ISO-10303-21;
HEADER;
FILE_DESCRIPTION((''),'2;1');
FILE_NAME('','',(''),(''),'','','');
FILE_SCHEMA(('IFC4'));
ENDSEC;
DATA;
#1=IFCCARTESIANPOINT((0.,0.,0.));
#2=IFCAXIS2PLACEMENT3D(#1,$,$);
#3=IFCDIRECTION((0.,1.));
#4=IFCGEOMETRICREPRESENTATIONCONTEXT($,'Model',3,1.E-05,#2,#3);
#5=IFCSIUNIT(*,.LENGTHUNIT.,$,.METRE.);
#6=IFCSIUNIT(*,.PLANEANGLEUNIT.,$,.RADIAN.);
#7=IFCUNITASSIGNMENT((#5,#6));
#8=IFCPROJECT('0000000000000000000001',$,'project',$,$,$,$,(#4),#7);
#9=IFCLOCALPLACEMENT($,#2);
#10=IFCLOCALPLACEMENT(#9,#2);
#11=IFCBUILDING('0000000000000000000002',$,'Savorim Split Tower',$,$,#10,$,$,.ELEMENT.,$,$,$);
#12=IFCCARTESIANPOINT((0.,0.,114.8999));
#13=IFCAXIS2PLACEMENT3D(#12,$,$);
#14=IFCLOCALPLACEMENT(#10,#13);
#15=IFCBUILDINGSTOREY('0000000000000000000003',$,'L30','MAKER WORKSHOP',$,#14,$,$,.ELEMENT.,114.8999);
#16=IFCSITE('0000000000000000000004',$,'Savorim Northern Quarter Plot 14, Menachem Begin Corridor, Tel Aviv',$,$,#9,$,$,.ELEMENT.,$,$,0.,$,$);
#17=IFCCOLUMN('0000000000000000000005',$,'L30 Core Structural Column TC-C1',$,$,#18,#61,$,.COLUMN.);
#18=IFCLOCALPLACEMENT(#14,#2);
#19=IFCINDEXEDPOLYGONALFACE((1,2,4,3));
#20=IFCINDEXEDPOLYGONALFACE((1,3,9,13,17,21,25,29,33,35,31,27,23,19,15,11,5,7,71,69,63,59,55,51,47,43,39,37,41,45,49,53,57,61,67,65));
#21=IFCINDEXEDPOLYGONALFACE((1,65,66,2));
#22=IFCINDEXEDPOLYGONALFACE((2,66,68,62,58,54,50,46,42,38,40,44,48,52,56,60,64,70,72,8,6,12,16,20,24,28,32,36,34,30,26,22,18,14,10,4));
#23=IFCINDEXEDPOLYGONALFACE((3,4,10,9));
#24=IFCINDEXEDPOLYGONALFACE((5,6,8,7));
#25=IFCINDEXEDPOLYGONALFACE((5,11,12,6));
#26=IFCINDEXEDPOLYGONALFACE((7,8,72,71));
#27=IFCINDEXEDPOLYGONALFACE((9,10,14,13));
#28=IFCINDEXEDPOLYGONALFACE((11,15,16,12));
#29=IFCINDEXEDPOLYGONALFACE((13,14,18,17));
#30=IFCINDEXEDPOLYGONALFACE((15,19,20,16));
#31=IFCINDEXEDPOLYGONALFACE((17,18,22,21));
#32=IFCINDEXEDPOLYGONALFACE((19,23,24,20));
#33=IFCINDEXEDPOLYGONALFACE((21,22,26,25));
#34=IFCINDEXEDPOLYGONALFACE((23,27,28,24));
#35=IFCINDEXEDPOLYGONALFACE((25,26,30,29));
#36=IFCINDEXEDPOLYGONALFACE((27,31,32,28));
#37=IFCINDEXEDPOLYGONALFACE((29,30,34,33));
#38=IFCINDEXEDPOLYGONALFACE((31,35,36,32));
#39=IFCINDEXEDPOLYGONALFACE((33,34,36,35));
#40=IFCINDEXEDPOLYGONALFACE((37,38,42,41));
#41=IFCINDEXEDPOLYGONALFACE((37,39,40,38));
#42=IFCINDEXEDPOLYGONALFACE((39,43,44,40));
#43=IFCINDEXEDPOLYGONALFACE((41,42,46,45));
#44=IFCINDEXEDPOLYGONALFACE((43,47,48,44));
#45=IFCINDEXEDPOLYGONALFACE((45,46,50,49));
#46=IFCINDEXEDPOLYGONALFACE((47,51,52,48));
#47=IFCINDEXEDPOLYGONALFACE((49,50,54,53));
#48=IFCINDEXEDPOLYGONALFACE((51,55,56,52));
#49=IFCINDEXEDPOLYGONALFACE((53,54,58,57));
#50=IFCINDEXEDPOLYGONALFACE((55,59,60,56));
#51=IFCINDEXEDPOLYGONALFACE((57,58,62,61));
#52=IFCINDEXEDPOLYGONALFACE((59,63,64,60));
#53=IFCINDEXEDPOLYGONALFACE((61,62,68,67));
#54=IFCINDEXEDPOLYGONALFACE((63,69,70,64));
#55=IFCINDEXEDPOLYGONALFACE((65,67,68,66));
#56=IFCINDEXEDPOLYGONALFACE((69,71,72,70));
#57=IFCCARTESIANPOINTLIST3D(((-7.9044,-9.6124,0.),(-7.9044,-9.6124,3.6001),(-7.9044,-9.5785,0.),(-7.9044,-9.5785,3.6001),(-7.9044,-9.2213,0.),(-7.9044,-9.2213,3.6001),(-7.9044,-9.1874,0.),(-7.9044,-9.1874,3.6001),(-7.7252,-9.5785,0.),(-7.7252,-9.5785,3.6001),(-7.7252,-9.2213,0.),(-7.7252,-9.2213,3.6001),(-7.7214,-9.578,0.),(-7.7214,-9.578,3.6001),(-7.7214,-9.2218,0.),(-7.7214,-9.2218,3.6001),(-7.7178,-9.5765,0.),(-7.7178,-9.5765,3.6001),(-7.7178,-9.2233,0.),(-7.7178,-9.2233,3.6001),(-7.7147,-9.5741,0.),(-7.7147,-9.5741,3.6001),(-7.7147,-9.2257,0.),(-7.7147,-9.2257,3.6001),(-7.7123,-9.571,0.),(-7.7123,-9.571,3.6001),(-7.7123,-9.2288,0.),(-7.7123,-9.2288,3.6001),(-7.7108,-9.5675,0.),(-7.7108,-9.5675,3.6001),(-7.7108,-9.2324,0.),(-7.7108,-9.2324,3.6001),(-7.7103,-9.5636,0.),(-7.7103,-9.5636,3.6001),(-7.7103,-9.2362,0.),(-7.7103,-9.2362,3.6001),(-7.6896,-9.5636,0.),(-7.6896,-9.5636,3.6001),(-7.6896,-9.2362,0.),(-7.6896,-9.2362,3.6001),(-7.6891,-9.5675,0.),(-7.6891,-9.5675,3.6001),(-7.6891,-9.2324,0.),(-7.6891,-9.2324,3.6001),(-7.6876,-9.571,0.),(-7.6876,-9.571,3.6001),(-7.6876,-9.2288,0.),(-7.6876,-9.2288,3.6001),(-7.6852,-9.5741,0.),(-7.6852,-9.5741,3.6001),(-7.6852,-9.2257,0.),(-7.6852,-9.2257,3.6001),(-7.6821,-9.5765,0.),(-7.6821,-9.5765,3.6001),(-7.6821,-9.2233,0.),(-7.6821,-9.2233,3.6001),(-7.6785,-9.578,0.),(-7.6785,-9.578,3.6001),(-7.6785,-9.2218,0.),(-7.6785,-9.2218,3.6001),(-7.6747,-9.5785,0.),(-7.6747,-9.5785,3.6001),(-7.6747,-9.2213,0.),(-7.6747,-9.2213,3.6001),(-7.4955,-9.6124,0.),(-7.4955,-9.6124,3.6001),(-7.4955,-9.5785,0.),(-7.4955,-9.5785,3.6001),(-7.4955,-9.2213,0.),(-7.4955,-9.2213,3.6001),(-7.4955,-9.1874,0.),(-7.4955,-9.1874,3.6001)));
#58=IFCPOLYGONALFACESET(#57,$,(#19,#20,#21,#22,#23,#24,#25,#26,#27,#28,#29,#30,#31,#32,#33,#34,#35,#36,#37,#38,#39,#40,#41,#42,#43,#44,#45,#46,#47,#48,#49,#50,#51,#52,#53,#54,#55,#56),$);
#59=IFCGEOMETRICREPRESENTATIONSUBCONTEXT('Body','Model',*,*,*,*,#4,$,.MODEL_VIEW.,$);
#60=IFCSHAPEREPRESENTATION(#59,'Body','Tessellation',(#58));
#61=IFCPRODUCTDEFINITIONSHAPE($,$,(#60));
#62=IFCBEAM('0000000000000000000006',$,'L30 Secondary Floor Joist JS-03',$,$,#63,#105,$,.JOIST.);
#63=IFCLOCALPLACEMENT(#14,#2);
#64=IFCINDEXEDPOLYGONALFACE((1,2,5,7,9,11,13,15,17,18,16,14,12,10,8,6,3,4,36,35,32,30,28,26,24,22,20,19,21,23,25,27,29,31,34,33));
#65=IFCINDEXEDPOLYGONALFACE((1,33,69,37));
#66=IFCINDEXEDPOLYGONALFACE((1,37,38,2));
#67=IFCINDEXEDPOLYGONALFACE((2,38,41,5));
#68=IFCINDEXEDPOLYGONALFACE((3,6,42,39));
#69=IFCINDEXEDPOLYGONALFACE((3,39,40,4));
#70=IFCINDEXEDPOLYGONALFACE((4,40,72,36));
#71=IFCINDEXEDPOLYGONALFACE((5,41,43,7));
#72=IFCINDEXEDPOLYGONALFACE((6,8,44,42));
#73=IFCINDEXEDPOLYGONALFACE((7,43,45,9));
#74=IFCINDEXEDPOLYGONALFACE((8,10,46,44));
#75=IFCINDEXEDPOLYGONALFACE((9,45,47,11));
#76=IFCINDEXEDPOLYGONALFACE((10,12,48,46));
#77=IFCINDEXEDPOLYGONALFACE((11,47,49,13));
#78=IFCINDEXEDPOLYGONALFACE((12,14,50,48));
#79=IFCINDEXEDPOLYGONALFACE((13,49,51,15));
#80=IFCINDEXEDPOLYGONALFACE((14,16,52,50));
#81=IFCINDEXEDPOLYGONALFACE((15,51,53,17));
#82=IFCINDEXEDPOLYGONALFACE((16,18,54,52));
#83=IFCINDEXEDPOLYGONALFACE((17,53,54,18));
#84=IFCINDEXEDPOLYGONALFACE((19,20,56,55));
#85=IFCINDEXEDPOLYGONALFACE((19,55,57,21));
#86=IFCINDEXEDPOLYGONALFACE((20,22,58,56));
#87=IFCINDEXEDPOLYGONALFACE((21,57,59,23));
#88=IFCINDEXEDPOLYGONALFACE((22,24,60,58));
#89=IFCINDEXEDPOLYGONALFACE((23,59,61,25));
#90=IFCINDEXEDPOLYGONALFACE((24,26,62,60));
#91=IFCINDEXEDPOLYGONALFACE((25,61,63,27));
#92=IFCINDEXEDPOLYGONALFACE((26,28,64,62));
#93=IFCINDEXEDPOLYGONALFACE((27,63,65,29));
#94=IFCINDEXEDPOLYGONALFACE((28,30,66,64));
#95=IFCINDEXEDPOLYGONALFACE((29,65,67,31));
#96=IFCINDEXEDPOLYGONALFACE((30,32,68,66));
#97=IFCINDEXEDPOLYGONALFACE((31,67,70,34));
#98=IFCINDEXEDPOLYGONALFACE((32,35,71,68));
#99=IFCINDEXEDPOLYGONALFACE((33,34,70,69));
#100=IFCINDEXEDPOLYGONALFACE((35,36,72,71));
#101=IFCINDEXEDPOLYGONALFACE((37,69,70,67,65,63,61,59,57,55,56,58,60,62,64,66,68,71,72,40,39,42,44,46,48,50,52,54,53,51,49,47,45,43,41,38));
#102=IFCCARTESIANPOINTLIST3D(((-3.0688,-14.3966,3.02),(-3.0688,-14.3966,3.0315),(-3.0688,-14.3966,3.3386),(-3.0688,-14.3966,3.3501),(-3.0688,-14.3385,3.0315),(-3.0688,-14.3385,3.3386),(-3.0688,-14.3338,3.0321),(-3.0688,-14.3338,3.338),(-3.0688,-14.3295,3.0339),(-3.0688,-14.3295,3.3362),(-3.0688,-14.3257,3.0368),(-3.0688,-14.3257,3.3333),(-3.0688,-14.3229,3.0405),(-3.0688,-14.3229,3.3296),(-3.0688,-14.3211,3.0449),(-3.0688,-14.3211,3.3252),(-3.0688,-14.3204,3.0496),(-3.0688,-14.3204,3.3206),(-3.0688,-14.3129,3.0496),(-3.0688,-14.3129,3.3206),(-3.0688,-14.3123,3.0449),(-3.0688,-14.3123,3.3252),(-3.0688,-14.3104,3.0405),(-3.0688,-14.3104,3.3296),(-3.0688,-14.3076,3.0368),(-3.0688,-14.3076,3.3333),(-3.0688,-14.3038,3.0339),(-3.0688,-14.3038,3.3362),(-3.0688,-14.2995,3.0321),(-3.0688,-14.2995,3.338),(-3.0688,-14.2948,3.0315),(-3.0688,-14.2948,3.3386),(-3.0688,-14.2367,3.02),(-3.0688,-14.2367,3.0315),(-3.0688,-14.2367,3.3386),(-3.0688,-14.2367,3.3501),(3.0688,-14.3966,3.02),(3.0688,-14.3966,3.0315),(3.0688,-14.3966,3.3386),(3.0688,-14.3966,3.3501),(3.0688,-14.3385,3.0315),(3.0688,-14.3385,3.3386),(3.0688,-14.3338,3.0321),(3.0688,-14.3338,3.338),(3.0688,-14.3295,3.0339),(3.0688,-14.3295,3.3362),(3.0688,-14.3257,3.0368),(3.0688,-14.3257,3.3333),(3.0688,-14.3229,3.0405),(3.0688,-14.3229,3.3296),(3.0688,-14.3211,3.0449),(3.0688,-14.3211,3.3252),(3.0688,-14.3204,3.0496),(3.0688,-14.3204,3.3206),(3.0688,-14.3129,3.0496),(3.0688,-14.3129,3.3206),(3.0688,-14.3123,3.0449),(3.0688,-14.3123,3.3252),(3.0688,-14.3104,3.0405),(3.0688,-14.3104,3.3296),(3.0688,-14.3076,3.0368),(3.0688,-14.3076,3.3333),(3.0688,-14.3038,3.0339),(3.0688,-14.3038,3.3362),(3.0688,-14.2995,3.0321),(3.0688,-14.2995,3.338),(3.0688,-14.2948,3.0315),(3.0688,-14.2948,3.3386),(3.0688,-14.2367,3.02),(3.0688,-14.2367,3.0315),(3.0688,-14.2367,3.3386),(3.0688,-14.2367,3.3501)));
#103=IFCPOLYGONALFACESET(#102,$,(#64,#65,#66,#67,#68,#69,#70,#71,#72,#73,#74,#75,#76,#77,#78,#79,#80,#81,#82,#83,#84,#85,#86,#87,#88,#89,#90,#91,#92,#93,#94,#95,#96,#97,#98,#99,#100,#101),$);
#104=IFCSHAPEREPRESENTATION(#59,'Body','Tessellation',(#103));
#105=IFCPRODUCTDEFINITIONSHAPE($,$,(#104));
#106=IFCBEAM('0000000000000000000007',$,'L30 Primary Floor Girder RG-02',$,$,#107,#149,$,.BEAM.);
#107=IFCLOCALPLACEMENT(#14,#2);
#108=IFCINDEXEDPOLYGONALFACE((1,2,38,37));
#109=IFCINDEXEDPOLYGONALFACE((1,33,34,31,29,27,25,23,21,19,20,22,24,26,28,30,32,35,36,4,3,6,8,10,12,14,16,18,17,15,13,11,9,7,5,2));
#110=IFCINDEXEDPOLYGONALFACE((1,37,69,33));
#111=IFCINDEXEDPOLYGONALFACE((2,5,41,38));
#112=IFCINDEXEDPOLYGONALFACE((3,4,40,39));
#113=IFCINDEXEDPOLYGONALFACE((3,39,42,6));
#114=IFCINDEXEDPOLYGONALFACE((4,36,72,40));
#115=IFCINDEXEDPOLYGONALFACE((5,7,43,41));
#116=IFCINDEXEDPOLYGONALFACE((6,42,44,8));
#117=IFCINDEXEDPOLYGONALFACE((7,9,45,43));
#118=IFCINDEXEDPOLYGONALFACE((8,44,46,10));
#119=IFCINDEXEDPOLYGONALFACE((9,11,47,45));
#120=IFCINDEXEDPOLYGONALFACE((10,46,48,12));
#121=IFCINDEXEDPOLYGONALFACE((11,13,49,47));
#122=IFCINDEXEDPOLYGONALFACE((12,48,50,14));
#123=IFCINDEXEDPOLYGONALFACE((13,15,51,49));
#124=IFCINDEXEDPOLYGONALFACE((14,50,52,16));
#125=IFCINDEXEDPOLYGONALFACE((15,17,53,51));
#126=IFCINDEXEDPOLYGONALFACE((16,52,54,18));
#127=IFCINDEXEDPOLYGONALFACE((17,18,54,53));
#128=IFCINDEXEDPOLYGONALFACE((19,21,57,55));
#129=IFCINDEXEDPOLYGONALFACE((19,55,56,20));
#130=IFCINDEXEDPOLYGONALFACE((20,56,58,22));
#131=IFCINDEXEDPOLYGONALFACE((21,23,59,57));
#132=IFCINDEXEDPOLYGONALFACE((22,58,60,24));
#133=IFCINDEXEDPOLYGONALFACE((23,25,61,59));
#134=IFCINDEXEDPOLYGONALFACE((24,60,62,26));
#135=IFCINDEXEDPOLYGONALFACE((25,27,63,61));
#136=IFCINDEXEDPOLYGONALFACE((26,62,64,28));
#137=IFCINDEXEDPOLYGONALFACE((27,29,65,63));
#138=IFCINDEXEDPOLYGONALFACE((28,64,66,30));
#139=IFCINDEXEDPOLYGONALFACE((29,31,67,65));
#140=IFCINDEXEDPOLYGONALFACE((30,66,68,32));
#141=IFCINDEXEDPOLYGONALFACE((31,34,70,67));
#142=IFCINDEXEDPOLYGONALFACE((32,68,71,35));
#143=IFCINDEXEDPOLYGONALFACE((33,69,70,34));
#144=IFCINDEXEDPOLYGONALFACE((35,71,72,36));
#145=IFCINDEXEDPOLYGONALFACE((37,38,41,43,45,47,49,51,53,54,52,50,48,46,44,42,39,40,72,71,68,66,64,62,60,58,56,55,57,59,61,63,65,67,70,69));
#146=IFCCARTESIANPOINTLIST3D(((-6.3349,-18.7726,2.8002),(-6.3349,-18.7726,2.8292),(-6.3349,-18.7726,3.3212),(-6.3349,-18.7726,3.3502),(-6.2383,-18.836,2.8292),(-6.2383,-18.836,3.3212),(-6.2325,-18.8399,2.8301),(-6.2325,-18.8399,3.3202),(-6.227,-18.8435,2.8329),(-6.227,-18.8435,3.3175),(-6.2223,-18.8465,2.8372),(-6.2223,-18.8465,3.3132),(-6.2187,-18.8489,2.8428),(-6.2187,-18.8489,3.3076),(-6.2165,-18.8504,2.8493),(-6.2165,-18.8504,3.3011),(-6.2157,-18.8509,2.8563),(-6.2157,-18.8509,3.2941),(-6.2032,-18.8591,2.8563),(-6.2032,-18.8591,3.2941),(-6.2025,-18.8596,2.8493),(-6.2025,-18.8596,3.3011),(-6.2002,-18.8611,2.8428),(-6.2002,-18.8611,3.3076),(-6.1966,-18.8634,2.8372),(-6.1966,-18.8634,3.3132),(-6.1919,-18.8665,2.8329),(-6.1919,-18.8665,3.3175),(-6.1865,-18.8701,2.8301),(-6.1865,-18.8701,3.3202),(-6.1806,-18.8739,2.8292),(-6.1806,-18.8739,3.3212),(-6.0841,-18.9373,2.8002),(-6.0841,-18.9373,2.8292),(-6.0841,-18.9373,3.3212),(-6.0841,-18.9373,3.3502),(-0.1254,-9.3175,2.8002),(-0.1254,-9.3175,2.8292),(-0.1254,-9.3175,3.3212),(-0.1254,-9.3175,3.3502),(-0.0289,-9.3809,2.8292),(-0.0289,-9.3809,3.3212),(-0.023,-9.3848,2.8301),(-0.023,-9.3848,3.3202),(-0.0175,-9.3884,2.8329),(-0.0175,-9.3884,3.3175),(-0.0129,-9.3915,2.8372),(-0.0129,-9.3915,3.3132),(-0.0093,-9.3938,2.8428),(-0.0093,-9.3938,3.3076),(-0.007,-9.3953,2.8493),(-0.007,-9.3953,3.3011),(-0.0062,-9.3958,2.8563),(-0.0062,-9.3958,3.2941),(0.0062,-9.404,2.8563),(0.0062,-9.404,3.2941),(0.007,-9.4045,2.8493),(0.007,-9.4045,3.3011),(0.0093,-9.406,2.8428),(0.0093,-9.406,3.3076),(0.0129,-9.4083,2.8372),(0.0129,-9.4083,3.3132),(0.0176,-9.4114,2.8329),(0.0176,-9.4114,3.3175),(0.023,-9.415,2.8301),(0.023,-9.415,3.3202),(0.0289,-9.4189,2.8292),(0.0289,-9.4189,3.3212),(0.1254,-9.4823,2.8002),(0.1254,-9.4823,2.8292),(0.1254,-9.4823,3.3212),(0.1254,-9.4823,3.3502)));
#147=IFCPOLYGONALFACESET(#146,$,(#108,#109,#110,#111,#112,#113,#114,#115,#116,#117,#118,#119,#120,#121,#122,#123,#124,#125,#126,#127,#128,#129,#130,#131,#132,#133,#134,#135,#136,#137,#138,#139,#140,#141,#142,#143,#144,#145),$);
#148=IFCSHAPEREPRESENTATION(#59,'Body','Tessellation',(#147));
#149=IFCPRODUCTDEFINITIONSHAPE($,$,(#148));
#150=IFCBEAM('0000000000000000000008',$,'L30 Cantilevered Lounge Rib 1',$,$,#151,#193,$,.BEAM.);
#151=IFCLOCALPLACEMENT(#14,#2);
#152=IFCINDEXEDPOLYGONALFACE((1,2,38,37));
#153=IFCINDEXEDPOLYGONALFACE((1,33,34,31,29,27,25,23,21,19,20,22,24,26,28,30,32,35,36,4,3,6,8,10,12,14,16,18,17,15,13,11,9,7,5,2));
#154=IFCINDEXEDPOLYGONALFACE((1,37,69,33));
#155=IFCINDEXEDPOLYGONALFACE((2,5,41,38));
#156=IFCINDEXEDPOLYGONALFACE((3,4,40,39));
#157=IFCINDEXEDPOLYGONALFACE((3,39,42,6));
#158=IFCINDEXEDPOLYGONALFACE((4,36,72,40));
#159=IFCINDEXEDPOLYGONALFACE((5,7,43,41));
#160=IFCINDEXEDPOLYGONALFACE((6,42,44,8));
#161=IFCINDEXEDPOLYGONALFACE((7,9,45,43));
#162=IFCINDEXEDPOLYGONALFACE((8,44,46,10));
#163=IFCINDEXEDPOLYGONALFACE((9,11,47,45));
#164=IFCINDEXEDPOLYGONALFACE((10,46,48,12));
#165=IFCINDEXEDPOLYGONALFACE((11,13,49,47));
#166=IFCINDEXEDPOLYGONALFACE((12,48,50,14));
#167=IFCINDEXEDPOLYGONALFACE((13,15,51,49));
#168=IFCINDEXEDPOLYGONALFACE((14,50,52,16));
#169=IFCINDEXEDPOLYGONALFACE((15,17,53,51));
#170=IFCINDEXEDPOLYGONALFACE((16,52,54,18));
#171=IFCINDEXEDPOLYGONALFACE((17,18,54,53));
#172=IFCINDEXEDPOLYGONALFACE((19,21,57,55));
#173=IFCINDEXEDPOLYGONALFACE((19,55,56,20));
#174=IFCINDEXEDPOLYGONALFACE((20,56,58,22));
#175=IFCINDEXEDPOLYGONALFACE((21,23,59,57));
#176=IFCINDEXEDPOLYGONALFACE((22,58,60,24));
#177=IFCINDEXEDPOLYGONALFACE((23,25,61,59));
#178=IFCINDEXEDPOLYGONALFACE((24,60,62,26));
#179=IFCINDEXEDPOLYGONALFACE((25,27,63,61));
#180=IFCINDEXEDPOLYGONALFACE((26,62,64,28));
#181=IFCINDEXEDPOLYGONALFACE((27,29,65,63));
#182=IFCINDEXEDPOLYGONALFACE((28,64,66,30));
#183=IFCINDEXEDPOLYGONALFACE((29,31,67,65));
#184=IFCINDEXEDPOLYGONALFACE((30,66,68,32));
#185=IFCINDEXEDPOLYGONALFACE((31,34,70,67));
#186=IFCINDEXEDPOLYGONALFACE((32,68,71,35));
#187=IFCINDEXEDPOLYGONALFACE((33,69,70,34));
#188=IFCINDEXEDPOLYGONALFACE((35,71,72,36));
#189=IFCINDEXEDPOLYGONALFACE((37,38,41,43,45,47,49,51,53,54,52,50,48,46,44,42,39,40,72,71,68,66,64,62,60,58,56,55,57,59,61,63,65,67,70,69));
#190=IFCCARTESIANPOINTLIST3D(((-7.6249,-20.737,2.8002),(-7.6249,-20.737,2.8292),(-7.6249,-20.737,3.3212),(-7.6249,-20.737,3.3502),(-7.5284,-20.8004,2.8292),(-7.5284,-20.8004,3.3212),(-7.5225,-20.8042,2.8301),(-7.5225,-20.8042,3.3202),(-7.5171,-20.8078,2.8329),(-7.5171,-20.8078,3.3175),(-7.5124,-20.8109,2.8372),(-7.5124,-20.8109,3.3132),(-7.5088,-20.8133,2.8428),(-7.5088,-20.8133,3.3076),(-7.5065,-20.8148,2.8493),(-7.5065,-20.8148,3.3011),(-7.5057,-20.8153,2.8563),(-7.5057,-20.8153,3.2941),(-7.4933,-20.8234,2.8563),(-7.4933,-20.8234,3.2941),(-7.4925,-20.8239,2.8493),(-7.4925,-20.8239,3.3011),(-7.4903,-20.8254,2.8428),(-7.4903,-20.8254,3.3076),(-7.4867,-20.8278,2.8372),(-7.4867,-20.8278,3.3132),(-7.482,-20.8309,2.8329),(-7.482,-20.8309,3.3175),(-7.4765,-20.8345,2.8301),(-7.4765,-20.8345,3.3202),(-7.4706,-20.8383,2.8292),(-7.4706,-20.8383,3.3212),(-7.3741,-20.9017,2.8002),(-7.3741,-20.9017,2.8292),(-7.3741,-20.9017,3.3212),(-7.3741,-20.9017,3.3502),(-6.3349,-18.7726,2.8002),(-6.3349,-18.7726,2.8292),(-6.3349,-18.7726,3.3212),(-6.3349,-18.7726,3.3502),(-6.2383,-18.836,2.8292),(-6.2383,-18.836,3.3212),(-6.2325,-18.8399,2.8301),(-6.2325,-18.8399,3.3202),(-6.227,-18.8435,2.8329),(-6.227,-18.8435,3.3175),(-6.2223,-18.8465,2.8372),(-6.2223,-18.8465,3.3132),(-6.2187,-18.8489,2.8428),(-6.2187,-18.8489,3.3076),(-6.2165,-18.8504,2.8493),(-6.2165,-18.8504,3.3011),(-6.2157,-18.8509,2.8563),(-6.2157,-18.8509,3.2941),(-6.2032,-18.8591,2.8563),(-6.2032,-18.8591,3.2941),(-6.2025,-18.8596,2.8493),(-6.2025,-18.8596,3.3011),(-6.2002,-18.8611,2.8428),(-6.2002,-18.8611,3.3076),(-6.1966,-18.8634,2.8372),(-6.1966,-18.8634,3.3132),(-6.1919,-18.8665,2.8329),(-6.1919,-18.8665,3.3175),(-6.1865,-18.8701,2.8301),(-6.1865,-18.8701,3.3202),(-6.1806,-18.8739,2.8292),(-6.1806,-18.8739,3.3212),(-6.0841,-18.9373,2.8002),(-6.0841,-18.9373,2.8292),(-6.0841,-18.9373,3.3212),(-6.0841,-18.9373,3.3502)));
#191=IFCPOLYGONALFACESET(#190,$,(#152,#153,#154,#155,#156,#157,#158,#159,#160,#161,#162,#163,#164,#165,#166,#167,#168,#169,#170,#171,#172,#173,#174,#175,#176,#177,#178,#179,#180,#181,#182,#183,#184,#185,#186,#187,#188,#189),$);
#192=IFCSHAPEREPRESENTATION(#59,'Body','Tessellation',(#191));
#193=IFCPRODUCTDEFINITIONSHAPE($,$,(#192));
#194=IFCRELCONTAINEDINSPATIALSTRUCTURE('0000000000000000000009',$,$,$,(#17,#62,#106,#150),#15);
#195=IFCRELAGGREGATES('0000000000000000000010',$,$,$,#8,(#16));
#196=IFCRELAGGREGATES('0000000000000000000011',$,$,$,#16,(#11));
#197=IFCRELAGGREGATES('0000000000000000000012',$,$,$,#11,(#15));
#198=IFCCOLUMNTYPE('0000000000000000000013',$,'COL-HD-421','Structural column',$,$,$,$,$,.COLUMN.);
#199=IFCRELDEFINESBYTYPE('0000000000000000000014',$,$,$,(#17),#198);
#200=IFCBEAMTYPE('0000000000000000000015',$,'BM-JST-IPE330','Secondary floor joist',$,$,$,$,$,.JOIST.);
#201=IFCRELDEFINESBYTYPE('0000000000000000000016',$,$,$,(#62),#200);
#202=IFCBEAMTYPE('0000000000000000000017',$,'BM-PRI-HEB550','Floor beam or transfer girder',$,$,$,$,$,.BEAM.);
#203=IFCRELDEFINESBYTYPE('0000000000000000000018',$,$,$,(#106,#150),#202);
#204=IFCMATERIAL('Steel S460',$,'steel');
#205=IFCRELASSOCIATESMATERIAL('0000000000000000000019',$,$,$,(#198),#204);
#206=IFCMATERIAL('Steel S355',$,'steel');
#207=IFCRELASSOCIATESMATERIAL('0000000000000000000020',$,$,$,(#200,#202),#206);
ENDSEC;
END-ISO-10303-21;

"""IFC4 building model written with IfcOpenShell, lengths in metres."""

from ifc_helpers import new_model, si_unit, direction, frame, origin, origin_2d, place, context, subcontext, project, spatial, i_section, extrude, material, material_profile, profile_set, type_object, element, save


model = new_model("IFC4")

# Units and contexts
model_context = context("Model", 3, precision=1e-05, world=origin(), true_north=direction((0.0, 1.0)))
body_context = subcontext(model_context, "Body", "Model", "MODEL_VIEW")
ifc_project = project(units=[si_unit("LENGTHUNIT", "METRE"), si_unit("PLANEANGLEUNIT", "RADIAN")], contexts=[model_context])

# Site, building, storey
site_placement = place(None, origin())
site = spatial("IfcSite", under=ifc_project, at=site_placement, Name="Savorim Northern Quarter Plot 14, Menachem Begin Corridor, Tel Aviv", CompositionType="ELEMENT", RefElevation=0.0)
building_placement = place(site_placement, origin())
building = spatial("IfcBuilding", under=site, at=building_placement, Name="Savorim Split Tower", CompositionType="ELEMENT")
storey_placement = place(building_placement, frame((0.0, 0.0, 114.8999)))
storey = spatial("IfcBuildingStorey", under=building, at=storey_placement, Name="L30", Description="MAKER WORKSHOP", CompositionType="ELEMENT", Elevation=114.8999)

# Column
ifc_material_1 = material(Name="Steel S460", Category="steel")
ifc_material_profile_1 = material_profile(ifc_material_1, i_section(OverallWidth=0.4089, OverallDepth=0.425, WebThickness=0.0208, FlangeThickness=0.0339, FilletRadius=0.0149, at=origin_2d()), Name="HD 400x421")
ifc_profile_set_1 = profile_set([ifc_material_profile_1], Name="Steel S460")
column_type = type_object("IfcColumnType", Name="COL-HD-421", Description="Structural column", PredefinedType="COLUMN", material=ifc_profile_set_1)
column_placement = place(storey_placement, frame((-7.7, -9.3999, 0.0), z_axis=(0.0, 0.0, 1.0), x_axis=(1.0, 0.0, 0.0)))
element("IfcColumn", 1, at=column_placement, inside=storey, type_object=column_type, Name="L30 Core Structural Column TC-C1", PredefinedType="COLUMN", context=body_context, shape_type="SweptSolid", body=[
    extrude(i_section(OverallWidth=0.4089, OverallDepth=0.425, WebThickness=0.0208, FlangeThickness=0.0339, FilletRadius=0.0149, at=origin_2d()), origin(), (0.0, 0.0, 1.0), 3.6001),
])

# Beams
ifc_material_2 = material(Name="Steel S355", Category="steel")
ifc_material_profile_2 = material_profile(ifc_material_2, i_section(OverallWidth=0.1599, OverallDepth=0.3301, WebThickness=0.0076, FlangeThickness=0.0115, FilletRadius=0.0181, at=origin_2d()), Name="IPE 330")
ifc_profile_set_2 = profile_set([ifc_material_profile_2], Name="Steel S355")
beam_type_1 = type_object("IfcBeamType", Name="BM-JST-IPE330", Description="Secondary floor joist", PredefinedType="JOIST", material=ifc_profile_set_2)
beam_1_placement = place(storey_placement, frame((-3.0688, -14.3167, 3.1851), z_axis=(1.0, 0.0, 0.0), x_axis=(0.0, 1.0, 0.0)))
element("IfcBeam", 2, at=beam_1_placement, inside=storey, type_object=beam_type_1, Name="L30 Secondary Floor Joist JS-03", PredefinedType="JOIST", context=body_context, shape_type="SweptSolid", body=[
    extrude(i_section(OverallWidth=0.1599, OverallDepth=0.3301, WebThickness=0.0076, FlangeThickness=0.0115, FilletRadius=0.0181, at=origin_2d()), origin(), (0.0, 0.0, 1.0), 6.1377),
])
ifc_material_profile_3 = material_profile(ifc_material_2, i_section(OverallWidth=0.3, OverallDepth=0.55, WebThickness=0.0149, FlangeThickness=0.0291, FilletRadius=0.0271, at=origin_2d()), Name="HEB 550")
ifc_profile_set_3 = profile_set([ifc_material_profile_3], Name="Steel S355")
beam_type_2 = type_object("IfcBeamType", Name="BM-PRI-HEB550", Description="Floor beam or transfer girder", PredefinedType="BEAM", material=ifc_profile_set_3)
beam_2_placement = place(storey_placement, frame((-6.2095, -18.855, 3.0752), z_axis=(0.548939, 0.835862, 0.0), x_axis=(-0.835862, 0.548939, 0.0)))
element("IfcBeam", 3, at=beam_2_placement, inside=storey, type_object=beam_type_2, Name="L30 Primary Floor Girder RG-02", PredefinedType="BEAM", context=body_context, shape_type="SweptSolid", body=[
    extrude(i_section(OverallWidth=0.3, OverallDepth=0.55, WebThickness=0.0149, FlangeThickness=0.0291, FilletRadius=0.0271, at=origin_2d()), origin(), (0.0, 0.0, 1.0), 11.3118),
])
beam_3_placement = place(storey_placement, frame((-6.2095, -18.855, 3.0752), z_axis=(-0.548933, -0.835866, 0.0), x_axis=(0.835866, -0.548933, 0.0)))
element("IfcBeam", 4, at=beam_3_placement, inside=storey, type_object=beam_type_2, Name="L30 Cantilevered Lounge Rib 1", PredefinedType="BEAM", context=body_context, shape_type="SweptSolid", body=[
    extrude(i_section(OverallWidth=0.3, OverallDepth=0.55, WebThickness=0.0149, FlangeThickness=0.0291, FilletRadius=0.0271, at=origin_2d()), origin(), (0.0, 0.0, 1.0), 2.3501),
])

save(model, "model.ifc")
